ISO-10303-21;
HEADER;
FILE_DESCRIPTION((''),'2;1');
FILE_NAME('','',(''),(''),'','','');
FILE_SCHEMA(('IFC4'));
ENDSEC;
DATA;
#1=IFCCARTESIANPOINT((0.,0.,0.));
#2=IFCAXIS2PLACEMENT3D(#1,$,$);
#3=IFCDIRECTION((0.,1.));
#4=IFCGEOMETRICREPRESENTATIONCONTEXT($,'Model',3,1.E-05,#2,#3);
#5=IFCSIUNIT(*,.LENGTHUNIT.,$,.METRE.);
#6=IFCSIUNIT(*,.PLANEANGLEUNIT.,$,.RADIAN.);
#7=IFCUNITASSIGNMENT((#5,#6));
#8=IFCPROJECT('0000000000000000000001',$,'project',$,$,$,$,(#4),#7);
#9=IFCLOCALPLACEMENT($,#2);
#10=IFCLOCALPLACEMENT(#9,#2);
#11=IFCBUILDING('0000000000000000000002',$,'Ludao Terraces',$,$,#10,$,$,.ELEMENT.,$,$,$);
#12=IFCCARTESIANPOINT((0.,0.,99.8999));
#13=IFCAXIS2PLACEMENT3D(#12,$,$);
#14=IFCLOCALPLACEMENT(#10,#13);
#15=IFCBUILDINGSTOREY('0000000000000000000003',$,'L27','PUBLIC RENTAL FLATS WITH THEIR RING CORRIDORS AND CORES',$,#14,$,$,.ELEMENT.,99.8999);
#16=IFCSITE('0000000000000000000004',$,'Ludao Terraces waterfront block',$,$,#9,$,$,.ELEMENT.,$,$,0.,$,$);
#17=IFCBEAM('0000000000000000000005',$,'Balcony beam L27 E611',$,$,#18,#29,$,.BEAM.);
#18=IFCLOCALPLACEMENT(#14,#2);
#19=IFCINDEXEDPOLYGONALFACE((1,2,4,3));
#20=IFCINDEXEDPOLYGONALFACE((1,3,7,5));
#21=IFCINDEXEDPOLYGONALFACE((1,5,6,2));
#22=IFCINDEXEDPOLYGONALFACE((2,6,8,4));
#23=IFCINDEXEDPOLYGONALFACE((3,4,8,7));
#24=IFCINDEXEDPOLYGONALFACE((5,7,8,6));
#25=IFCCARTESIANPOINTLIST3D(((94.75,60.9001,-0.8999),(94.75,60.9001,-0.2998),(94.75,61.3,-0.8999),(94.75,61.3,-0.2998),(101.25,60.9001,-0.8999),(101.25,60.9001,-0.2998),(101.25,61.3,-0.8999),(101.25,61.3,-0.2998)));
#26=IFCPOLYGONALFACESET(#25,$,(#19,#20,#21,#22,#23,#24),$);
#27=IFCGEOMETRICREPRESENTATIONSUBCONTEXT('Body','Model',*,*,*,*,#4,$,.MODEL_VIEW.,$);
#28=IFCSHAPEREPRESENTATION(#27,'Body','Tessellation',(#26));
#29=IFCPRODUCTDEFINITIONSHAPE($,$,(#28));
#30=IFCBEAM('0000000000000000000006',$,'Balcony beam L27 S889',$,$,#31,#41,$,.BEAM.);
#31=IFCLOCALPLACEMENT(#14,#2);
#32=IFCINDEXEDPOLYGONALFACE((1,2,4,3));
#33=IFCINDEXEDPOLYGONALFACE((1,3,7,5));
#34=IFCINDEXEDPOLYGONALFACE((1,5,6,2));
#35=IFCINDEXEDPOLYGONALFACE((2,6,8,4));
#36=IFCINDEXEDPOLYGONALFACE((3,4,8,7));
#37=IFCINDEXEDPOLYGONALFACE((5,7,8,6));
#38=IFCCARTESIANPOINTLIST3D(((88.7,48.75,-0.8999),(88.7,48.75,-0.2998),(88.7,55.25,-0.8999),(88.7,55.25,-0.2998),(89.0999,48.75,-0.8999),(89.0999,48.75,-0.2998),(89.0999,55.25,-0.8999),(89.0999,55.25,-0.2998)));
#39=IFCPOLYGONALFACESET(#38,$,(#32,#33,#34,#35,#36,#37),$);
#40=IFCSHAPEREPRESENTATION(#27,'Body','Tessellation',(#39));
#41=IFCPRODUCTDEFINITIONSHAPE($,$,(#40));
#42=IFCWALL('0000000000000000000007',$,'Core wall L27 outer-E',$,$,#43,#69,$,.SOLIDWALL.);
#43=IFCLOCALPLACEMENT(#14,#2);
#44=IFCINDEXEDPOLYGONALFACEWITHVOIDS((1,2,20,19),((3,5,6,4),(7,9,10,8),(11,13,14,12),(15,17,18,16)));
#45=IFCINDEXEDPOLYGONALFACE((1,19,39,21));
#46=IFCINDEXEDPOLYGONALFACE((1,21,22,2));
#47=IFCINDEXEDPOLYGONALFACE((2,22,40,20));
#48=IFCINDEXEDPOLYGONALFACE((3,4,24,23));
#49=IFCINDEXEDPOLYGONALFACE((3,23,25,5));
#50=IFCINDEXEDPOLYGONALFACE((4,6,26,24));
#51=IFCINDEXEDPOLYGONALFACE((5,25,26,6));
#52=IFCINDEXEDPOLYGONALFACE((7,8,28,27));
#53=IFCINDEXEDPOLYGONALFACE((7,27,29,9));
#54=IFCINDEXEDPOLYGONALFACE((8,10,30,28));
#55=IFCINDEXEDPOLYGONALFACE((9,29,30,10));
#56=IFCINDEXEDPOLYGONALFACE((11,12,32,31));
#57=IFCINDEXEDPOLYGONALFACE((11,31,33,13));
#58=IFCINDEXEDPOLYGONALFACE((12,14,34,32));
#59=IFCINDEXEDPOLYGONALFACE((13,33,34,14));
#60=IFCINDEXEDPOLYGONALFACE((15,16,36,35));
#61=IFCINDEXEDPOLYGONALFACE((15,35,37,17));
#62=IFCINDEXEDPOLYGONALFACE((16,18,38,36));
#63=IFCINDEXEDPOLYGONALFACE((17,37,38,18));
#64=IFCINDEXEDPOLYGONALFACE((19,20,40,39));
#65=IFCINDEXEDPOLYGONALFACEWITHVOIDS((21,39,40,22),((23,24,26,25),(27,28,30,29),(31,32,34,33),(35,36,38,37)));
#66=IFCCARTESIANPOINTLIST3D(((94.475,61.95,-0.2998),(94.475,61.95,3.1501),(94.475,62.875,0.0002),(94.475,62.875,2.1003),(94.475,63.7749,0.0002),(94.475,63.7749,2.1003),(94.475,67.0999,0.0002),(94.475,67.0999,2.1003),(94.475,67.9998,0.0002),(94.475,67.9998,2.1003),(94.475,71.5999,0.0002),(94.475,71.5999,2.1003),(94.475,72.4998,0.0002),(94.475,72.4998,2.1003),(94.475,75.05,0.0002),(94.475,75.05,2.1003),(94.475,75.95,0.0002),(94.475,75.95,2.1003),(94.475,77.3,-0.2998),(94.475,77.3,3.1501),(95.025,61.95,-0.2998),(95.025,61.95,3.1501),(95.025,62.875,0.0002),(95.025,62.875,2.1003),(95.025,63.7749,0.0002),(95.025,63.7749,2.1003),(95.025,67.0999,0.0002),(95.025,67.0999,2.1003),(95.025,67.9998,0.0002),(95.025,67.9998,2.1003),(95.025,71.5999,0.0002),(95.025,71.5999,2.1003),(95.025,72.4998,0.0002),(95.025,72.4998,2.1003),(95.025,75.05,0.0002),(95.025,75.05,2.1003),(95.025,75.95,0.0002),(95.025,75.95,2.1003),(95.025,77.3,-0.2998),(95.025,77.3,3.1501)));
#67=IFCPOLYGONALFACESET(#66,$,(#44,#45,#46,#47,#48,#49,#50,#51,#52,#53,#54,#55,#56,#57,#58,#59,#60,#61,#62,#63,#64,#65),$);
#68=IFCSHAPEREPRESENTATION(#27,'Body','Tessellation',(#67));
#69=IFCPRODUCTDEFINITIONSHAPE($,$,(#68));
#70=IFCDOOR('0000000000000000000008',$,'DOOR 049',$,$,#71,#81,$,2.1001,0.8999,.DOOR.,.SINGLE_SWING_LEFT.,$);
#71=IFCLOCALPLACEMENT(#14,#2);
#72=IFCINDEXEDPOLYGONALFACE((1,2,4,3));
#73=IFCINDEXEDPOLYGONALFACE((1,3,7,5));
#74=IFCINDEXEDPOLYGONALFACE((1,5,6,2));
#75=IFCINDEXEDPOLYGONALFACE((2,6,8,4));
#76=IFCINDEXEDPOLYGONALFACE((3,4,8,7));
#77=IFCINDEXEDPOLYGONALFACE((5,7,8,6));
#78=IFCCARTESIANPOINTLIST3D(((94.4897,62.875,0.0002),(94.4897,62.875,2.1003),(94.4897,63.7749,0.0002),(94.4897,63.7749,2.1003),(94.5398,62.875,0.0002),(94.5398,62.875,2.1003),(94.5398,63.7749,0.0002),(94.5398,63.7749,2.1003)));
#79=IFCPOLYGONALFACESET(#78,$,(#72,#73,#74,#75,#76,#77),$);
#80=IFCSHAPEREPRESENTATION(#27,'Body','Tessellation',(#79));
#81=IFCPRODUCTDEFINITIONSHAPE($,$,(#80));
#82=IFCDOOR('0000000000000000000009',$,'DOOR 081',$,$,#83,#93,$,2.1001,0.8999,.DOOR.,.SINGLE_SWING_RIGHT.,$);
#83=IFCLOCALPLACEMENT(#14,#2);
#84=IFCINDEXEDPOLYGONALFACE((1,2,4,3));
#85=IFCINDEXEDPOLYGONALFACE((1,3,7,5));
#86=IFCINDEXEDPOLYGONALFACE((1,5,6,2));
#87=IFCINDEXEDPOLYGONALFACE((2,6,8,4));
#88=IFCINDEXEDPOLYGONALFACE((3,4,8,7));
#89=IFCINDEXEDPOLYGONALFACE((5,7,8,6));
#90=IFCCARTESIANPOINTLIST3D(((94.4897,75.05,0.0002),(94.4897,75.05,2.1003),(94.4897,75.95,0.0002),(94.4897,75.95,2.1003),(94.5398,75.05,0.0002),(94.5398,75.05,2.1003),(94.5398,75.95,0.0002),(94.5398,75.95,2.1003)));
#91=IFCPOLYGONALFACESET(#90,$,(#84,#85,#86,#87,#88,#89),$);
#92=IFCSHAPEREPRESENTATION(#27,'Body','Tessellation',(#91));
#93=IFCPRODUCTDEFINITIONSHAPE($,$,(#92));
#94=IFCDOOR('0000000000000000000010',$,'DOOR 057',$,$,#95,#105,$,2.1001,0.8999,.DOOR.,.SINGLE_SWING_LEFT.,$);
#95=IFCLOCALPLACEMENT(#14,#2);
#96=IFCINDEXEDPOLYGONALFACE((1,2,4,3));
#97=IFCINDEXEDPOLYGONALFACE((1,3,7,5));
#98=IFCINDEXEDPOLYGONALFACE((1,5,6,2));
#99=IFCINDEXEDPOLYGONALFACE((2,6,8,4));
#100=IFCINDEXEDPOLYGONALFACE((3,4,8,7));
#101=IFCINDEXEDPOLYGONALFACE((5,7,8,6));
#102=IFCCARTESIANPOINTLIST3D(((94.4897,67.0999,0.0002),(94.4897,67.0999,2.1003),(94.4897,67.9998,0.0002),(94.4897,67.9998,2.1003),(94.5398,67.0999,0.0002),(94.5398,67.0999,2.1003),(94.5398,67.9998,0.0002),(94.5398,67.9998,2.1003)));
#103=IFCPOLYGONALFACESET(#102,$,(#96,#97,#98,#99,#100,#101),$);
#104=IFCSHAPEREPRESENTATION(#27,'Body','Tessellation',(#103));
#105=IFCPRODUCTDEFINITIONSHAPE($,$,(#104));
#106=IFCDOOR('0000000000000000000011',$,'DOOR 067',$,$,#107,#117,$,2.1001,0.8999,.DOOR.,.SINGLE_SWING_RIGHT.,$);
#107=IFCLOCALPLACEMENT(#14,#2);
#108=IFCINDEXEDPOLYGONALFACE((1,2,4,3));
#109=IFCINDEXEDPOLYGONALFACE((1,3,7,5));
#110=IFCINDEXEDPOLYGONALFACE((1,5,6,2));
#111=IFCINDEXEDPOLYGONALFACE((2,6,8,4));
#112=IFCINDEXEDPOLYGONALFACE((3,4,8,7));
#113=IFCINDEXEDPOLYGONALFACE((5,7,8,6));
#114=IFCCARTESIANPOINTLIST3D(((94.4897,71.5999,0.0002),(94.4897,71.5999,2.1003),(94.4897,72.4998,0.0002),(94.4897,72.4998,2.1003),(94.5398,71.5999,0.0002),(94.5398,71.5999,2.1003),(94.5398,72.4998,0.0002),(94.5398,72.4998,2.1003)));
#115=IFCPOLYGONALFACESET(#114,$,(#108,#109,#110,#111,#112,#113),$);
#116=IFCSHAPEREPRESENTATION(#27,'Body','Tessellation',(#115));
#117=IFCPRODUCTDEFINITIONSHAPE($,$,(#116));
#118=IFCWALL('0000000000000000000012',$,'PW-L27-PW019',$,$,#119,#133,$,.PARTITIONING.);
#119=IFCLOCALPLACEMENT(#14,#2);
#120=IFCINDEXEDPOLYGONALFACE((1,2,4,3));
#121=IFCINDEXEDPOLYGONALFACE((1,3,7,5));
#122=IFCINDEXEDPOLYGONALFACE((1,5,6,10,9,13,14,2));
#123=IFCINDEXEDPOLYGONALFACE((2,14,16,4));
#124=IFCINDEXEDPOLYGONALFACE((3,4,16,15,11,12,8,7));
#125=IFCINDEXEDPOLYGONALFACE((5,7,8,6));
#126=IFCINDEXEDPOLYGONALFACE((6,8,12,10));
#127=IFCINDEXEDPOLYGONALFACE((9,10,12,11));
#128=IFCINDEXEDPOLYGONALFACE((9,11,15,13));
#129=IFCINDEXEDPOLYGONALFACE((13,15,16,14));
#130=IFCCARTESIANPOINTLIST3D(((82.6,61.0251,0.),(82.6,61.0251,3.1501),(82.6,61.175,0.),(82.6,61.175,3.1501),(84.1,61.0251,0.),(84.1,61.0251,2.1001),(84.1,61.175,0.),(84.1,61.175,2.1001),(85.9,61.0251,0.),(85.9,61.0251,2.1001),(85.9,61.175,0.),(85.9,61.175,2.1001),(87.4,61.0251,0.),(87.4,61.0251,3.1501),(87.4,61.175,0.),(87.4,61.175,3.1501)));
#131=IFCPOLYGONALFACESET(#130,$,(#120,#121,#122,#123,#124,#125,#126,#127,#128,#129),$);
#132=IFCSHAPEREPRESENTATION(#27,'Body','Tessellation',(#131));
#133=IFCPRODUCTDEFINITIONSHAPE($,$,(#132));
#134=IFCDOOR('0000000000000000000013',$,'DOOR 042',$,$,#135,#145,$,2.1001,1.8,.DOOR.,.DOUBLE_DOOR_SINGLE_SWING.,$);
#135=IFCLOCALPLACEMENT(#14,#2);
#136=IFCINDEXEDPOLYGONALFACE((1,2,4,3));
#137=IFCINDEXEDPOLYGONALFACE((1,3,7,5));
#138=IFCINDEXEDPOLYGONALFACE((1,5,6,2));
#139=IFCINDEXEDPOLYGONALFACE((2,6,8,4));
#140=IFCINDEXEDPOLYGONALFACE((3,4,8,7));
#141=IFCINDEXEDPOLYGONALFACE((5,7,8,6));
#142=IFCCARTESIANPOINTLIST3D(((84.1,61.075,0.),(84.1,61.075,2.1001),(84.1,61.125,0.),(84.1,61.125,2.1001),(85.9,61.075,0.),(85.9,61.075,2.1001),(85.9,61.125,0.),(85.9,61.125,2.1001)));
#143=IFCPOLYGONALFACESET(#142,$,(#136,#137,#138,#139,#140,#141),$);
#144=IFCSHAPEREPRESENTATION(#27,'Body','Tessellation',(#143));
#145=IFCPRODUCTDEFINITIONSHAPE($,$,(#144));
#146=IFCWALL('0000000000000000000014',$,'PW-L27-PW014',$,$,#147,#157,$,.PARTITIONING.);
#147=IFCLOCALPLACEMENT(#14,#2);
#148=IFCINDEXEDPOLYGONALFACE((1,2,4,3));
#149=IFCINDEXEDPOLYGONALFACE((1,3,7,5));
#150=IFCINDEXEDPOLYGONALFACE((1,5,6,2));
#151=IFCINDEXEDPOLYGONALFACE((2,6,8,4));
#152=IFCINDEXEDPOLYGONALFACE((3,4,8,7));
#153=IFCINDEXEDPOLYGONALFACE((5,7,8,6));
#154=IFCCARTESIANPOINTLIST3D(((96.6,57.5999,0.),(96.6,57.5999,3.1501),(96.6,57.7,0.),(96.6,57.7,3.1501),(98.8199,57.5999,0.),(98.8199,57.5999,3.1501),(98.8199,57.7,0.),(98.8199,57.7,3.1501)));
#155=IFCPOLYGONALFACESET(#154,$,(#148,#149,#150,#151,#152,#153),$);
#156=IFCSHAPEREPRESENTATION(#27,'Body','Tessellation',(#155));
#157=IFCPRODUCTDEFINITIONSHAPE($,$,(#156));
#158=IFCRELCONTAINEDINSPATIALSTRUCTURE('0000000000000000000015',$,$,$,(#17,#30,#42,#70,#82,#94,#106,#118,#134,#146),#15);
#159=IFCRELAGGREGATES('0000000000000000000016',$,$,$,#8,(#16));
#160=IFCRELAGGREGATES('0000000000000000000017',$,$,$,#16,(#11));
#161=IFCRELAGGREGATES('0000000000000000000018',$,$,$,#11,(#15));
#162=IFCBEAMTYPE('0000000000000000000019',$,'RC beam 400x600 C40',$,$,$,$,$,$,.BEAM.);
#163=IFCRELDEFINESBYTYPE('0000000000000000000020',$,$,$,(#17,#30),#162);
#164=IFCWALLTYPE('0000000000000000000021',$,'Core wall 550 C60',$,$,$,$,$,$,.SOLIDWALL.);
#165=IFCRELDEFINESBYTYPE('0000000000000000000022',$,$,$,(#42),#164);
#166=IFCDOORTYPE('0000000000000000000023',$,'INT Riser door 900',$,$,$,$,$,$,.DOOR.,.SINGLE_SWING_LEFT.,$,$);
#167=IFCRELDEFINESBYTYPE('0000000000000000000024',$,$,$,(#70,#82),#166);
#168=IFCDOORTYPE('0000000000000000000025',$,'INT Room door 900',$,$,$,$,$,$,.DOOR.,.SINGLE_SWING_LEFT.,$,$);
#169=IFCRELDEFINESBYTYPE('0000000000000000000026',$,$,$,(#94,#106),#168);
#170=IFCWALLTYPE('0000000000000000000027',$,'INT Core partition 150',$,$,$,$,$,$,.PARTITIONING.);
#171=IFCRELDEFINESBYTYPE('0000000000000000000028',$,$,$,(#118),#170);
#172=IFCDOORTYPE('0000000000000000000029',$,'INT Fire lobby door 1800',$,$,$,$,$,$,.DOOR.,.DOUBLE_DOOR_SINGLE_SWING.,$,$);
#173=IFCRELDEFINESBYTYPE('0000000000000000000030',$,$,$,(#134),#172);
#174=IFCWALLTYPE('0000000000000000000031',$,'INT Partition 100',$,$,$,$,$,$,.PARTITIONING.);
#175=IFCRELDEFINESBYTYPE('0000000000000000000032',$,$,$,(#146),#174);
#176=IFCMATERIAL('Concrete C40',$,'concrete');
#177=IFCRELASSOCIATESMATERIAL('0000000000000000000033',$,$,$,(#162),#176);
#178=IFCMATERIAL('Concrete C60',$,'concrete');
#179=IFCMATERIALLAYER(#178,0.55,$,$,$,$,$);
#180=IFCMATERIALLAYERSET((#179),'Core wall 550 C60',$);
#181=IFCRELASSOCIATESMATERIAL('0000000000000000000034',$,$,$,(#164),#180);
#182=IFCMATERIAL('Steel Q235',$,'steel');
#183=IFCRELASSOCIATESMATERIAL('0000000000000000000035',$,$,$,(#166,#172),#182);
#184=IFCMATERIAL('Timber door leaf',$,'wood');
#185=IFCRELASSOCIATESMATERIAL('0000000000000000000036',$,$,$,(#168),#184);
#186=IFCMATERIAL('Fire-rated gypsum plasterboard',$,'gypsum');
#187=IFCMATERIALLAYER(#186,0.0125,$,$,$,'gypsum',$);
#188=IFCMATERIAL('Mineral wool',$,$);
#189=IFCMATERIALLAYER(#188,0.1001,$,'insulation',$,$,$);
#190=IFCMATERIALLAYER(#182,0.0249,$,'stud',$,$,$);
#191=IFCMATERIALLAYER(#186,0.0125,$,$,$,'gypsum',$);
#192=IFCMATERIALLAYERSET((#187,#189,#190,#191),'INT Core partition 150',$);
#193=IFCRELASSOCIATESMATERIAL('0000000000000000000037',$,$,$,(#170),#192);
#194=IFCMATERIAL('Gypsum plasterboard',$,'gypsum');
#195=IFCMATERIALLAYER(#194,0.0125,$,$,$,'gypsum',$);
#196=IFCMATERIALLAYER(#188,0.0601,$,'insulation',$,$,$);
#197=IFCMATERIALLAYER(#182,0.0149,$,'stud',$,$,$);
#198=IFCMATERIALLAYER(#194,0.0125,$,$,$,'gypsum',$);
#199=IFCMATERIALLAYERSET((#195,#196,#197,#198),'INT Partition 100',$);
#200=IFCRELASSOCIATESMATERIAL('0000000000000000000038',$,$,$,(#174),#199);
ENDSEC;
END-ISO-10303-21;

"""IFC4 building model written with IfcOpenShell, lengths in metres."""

from ifc_helpers import new_model, si_unit, direction, frame, frame_2d, origin, origin_2d, place, context, subcontext, project, spatial, rectangle, extrude, material, layer, layer_set, material_profile, profile_set, type_object, element, fill, save


model = new_model("IFC4")

# Units and contexts
model_context = context("Model", 3, precision=1e-05, world=origin(), true_north=direction((0.0, 1.0)))
body_context = subcontext(model_context, "Body", "Model", "MODEL_VIEW")
ifc_project = project(units=[si_unit("LENGTHUNIT", "METRE"), si_unit("PLANEANGLEUNIT", "RADIAN")], contexts=[model_context])

# Site, building, storey
site_placement = place(None, origin())
site = spatial("IfcSite", under=ifc_project, at=site_placement, Name="Ludao Terraces waterfront block", CompositionType="ELEMENT", RefElevation=0.0)
building_placement = place(site_placement, origin())
building = spatial("IfcBuilding", under=site, at=building_placement, Name="Ludao Terraces", CompositionType="ELEMENT")
storey_placement = place(building_placement, frame((0.0, 0.0, 99.8999)))
storey = spatial("IfcBuildingStorey", under=building, at=storey_placement, Name="L27", Description="PUBLIC RENTAL FLATS WITH THEIR RING CORRIDORS AND CORES", CompositionType="ELEMENT", Elevation=99.8999)

# Beams
ifc_material_1 = material(Name="Concrete C40", Category="concrete")
ifc_material_profile = material_profile(ifc_material_1, rectangle(XDim=0.3999, YDim=0.6001, at=origin_2d()), Name="400 X 600")
ifc_profile_set = profile_set([ifc_material_profile], Name="Concrete C40")
beam_type = type_object("IfcBeamType", Name="RC beam 400x600 C40", PredefinedType="BEAM", material=ifc_profile_set)
for number, where, z_axis, x_axis, name in (
    (1, (94.75, 61.1001, -0.5999), (1.0, 0.0, 0.0), (0.0, 1.0, 0.0), "Balcony beam L27 E611"),
    (2, (88.8999, 55.25, -0.5999), (0.0, -1.0, 0.0), (1.0, 0.0, 0.0), "Balcony beam L27 S889"),
):
    element("IfcBeam", number, at=place(storey_placement, frame(where, z_axis=z_axis, x_axis=x_axis)), inside=storey, type_object=beam_type, Name=name, PredefinedType="BEAM", context=body_context, shape_type="SweptSolid", body=[
        extrude(rectangle(XDim=0.3999, YDim=0.6001, at=origin_2d()), origin(), (0.0, 0.0, 1.0), 6.5),
    ])

# Wall, openings, doors
ifc_material_2 = material(Name="Concrete C60", Category="concrete")
ifc_layer_1 = layer(ifc_material_2, 0.55)
ifc_layer_set_1 = layer_set([ifc_layer_1], Name="Core wall 550 C60")
wall_type_1 = type_object("IfcWallType", Name="Core wall 550 C60", PredefinedType="SOLIDWALL", material=ifc_layer_set_1)
wall_1_placement = place(storey_placement, frame((94.75, 61.95, -0.2998), z_axis=(0.0, 0.0, 1.0), x_axis=(0.0, 1.0, 0.0)))
wall_1 = element("IfcWall", 3, at=wall_1_placement, inside=storey, type_object=wall_type_1, Name="Core wall L27 outer-E", PredefinedType="SOLIDWALL", context=body_context, shape_type="SweptSolid", body=[
    extrude(rectangle(XDim=15.3501, YDim=0.55, at=frame_2d((7.675, 0.0))), origin(), (0.0, 0.0, 1.0), 3.45),
])
opening_1_placement = place(wall_1_placement, frame((0.925, 0.0, 0.3)))
opening_1 = element("IfcOpeningElement", 4, at=opening_1_placement, cuts=wall_1, PredefinedType="OPENING", context=body_context, shape_type="SweptSolid", body=[
    extrude(rectangle(XDim=0.8999, YDim=2.1001, at=frame_2d((0.45, 1.05))), frame((0.0, 0.2852, 0.0), z_axis=(0.0, -1.0, 0.0), x_axis=(1.0, 0.0, 0.0)), (0.0, 0.0, 1.0), 0.5701),
])
opening_2_placement = place(wall_1_placement, frame((5.1499, 0.0, 0.3)))
opening_2 = element("IfcOpeningElement", 5, at=opening_2_placement, cuts=wall_1, PredefinedType="OPENING", context=body_context, shape_type="SweptSolid", body=[
    extrude(rectangle(XDim=0.8999, YDim=2.1001, at=frame_2d((0.45, 1.05))), frame((0.0, 0.2852, 0.0), z_axis=(0.0, -1.0, 0.0), x_axis=(1.0, 0.0, 0.0)), (0.0, 0.0, 1.0), 0.5701),
])
opening_3_placement = place(wall_1_placement, frame((9.6499, 0.0, 0.3)))
opening_3 = element("IfcOpeningElement", 6, at=opening_3_placement, cuts=wall_1, PredefinedType="OPENING", context=body_context, shape_type="SweptSolid", body=[
    extrude(rectangle(XDim=0.8999, YDim=2.1001, at=frame_2d((0.45, 1.05))), frame((0.0, 0.2852, 0.0), z_axis=(0.0, -1.0, 0.0), x_axis=(1.0, 0.0, 0.0)), (0.0, 0.0, 1.0), 0.5701),
])
opening_4_placement = place(wall_1_placement, frame((13.1001, 0.0, 0.3)))
opening_4 = element("IfcOpeningElement", 7, at=opening_4_placement, cuts=wall_1, PredefinedType="OPENING", context=body_context, shape_type="SweptSolid", body=[
    extrude(rectangle(XDim=0.8999, YDim=2.1001, at=frame_2d((0.45, 1.05))), frame((0.0, 0.2852, 0.0), z_axis=(0.0, -1.0, 0.0), x_axis=(1.0, 0.0, 0.0)), (0.0, 0.0, 1.0), 0.5701),
])
ifc_material_3 = material(Name="Steel Q235", Category="steel")
door_type_1 = type_object("IfcDoorType", Name="INT Riser door 900", OperationType="SINGLE_SWING_LEFT", PredefinedType="DOOR", material=ifc_material_3)
door_1_placement = place(opening_1_placement, origin())
door_1 = element("IfcDoor", 8, at=door_1_placement, inside=storey, type_object=door_type_1, Name="DOOR 049", OperationType="SINGLE_SWING_LEFT", OverallHeight=2.1001, OverallWidth=0.8999, PredefinedType="DOOR", context=body_context, shape_type="SweptSolid", body=[
    extrude(rectangle(XDim=0.8999, YDim=2.1001, at=frame_2d((0.45, 1.05))), frame((0.0, 0.2603, 0.0), z_axis=(0.0, -1.0, 0.0), x_axis=(1.0, 0.0, 0.0)), (0.0, 0.0, 1.0), 0.05),
])
fill(opening_1, door_1)
door_2_placement = place(opening_4_placement, origin())
door_2 = element("IfcDoor", 9, at=door_2_placement, inside=storey, type_object=door_type_1, Name="DOOR 081", OperationType="SINGLE_SWING_RIGHT", OverallHeight=2.1001, OverallWidth=0.8999, PredefinedType="DOOR", context=body_context, shape_type="SweptSolid", body=[
    extrude(rectangle(XDim=0.8999, YDim=2.1001, at=frame_2d((0.45, 1.05))), frame((0.0, 0.2603, 0.0), z_axis=(0.0, -1.0, 0.0), x_axis=(1.0, 0.0, 0.0)), (0.0, 0.0, 1.0), 0.05),
])
fill(opening_4, door_2)
ifc_material_4 = material(Name="Timber door leaf", Category="wood")
door_type_2 = type_object("IfcDoorType", Name="INT Room door 900", OperationType="SINGLE_SWING_LEFT", PredefinedType="DOOR", material=ifc_material_4)
door_3_placement = place(opening_2_placement, origin())
door_3 = element("IfcDoor", 10, at=door_3_placement, inside=storey, type_object=door_type_2, Name="DOOR 057", OperationType="SINGLE_SWING_LEFT", OverallHeight=2.1001, OverallWidth=0.8999, PredefinedType="DOOR", context=body_context, shape_type="SweptSolid", body=[
    extrude(rectangle(XDim=0.8999, YDim=2.1001, at=frame_2d((0.45, 1.05))), frame((0.0, 0.2603, 0.0), z_axis=(0.0, -1.0, 0.0), x_axis=(1.0, 0.0, 0.0)), (0.0, 0.0, 1.0), 0.05),
])
fill(opening_2, door_3)
door_4_placement = place(opening_3_placement, origin())
door_4 = element("IfcDoor", 11, at=door_4_placement, inside=storey, type_object=door_type_2, Name="DOOR 067", OperationType="SINGLE_SWING_RIGHT", OverallHeight=2.1001, OverallWidth=0.8999, PredefinedType="DOOR", context=body_context, shape_type="SweptSolid", body=[
    extrude(rectangle(XDim=0.8999, YDim=2.1001, at=frame_2d((0.45, 1.05))), frame((0.0, 0.2603, 0.0), z_axis=(0.0, -1.0, 0.0), x_axis=(1.0, 0.0, 0.0)), (0.0, 0.0, 1.0), 0.05),
])
fill(opening_3, door_4)

# Wall, opening, door
ifc_material_5 = material(Name="Fire-rated gypsum plasterboard", Category="gypsum")
ifc_layer_2 = layer(ifc_material_5, 0.0125, Category="gypsum")
ifc_material_6 = material(Name="Mineral wool")
ifc_layer_3 = layer(ifc_material_6, 0.1001, Name="insulation")
ifc_layer_4 = layer(ifc_material_3, 0.0249, Name="stud")
ifc_layer_5 = layer(ifc_material_5, 0.0125, Category="gypsum")
ifc_layer_set_2 = layer_set([ifc_layer_2, ifc_layer_3, ifc_layer_4, ifc_layer_5], Name="INT Core partition 150")
wall_type_2 = type_object("IfcWallType", Name="INT Core partition 150", PredefinedType="PARTITIONING", material=ifc_layer_set_2)
wall_2_placement = place(storey_placement, frame((82.6001, 61.1001, 0.0), z_axis=(0.0, 0.0, 1.0), x_axis=(1.0, 0.0, 0.0)))
wall_2 = element("IfcWall", 12, at=wall_2_placement, inside=storey, type_object=wall_type_2, Name="PW-L27-PW019", PredefinedType="PARTITIONING", context=body_context, shape_type="SweptSolid", body=[
    extrude(rectangle(XDim=4.8, YDim=0.1499, at=frame_2d((2.3999, 0.0))), origin(), (0.0, 0.0, 1.0), 3.1501),
])
opening_5_placement = place(wall_2_placement, frame((1.5, 0.0, 0.0)))
opening_5 = element("IfcOpeningElement", 13, at=opening_5_placement, cuts=wall_2, PredefinedType="OPENING", context=body_context, shape_type="SweptSolid", body=[
    extrude(rectangle(XDim=1.8, YDim=2.1001, at=frame_2d((0.8999, 1.05))), frame((0.0, 0.085, 0.0), z_axis=(0.0, -1.0, 0.0), x_axis=(1.0, 0.0, 0.0)), (0.0, 0.0, 1.0), 0.1699),
])
door_type_3 = type_object("IfcDoorType", Name="INT Fire lobby door 1800", OperationType="DOUBLE_DOOR_SINGLE_SWING", PredefinedType="DOOR", material=ifc_material_3)
door_5_placement = place(opening_5_placement, origin())
door_5 = element("IfcDoor", 14, at=door_5_placement, inside=storey, type_object=door_type_3, Name="DOOR 042", OperationType="DOUBLE_DOOR_SINGLE_SWING", OverallHeight=2.1001, OverallWidth=1.8, PredefinedType="DOOR", context=body_context, shape_type="SweptSolid", body=[
    extrude(rectangle(XDim=1.8, YDim=2.1001, at=frame_2d((0.8999, 1.05))), frame((0.0, 0.0249, 0.0), z_axis=(0.0, -1.0, 0.0), x_axis=(1.0, 0.0, 0.0)), (0.0, 0.0, 1.0), 0.05),
])
fill(opening_5, door_5)

# Wall
ifc_material_7 = material(Name="Gypsum plasterboard", Category="gypsum")
ifc_layer_6 = layer(ifc_material_7, 0.0125, Category="gypsum")
ifc_layer_7 = layer(ifc_material_6, 0.0601, Name="insulation")
ifc_layer_8 = layer(ifc_material_3, 0.0149, Name="stud")
ifc_layer_9 = layer(ifc_material_7, 0.0125, Category="gypsum")
ifc_layer_set_3 = layer_set([ifc_layer_6, ifc_layer_7, ifc_layer_8, ifc_layer_9], Name="INT Partition 100")
wall_type_3 = type_object("IfcWallType", Name="INT Partition 100", PredefinedType="PARTITIONING", material=ifc_layer_set_3)
for number, where, z_axis, x_axis, name in (
    (15, (96.6001, 57.6499, 0.0), (0.0, 0.0, 1.0), (1.0, 0.0, 0.0), "PW-L27-PW014"),
):
    element("IfcWall", number, at=place(storey_placement, frame(where, z_axis=z_axis, x_axis=x_axis)), inside=storey, type_object=wall_type_3, Name=name, PredefinedType="PARTITIONING", context=body_context, shape_type="SweptSolid", body=[
        extrude(rectangle(XDim=2.22, YDim=0.1001, at=frame_2d((1.1099, 0.0))), origin(), (0.0, 0.0, 1.0), 3.1501),
    ])

save(model, "model.ifc")
